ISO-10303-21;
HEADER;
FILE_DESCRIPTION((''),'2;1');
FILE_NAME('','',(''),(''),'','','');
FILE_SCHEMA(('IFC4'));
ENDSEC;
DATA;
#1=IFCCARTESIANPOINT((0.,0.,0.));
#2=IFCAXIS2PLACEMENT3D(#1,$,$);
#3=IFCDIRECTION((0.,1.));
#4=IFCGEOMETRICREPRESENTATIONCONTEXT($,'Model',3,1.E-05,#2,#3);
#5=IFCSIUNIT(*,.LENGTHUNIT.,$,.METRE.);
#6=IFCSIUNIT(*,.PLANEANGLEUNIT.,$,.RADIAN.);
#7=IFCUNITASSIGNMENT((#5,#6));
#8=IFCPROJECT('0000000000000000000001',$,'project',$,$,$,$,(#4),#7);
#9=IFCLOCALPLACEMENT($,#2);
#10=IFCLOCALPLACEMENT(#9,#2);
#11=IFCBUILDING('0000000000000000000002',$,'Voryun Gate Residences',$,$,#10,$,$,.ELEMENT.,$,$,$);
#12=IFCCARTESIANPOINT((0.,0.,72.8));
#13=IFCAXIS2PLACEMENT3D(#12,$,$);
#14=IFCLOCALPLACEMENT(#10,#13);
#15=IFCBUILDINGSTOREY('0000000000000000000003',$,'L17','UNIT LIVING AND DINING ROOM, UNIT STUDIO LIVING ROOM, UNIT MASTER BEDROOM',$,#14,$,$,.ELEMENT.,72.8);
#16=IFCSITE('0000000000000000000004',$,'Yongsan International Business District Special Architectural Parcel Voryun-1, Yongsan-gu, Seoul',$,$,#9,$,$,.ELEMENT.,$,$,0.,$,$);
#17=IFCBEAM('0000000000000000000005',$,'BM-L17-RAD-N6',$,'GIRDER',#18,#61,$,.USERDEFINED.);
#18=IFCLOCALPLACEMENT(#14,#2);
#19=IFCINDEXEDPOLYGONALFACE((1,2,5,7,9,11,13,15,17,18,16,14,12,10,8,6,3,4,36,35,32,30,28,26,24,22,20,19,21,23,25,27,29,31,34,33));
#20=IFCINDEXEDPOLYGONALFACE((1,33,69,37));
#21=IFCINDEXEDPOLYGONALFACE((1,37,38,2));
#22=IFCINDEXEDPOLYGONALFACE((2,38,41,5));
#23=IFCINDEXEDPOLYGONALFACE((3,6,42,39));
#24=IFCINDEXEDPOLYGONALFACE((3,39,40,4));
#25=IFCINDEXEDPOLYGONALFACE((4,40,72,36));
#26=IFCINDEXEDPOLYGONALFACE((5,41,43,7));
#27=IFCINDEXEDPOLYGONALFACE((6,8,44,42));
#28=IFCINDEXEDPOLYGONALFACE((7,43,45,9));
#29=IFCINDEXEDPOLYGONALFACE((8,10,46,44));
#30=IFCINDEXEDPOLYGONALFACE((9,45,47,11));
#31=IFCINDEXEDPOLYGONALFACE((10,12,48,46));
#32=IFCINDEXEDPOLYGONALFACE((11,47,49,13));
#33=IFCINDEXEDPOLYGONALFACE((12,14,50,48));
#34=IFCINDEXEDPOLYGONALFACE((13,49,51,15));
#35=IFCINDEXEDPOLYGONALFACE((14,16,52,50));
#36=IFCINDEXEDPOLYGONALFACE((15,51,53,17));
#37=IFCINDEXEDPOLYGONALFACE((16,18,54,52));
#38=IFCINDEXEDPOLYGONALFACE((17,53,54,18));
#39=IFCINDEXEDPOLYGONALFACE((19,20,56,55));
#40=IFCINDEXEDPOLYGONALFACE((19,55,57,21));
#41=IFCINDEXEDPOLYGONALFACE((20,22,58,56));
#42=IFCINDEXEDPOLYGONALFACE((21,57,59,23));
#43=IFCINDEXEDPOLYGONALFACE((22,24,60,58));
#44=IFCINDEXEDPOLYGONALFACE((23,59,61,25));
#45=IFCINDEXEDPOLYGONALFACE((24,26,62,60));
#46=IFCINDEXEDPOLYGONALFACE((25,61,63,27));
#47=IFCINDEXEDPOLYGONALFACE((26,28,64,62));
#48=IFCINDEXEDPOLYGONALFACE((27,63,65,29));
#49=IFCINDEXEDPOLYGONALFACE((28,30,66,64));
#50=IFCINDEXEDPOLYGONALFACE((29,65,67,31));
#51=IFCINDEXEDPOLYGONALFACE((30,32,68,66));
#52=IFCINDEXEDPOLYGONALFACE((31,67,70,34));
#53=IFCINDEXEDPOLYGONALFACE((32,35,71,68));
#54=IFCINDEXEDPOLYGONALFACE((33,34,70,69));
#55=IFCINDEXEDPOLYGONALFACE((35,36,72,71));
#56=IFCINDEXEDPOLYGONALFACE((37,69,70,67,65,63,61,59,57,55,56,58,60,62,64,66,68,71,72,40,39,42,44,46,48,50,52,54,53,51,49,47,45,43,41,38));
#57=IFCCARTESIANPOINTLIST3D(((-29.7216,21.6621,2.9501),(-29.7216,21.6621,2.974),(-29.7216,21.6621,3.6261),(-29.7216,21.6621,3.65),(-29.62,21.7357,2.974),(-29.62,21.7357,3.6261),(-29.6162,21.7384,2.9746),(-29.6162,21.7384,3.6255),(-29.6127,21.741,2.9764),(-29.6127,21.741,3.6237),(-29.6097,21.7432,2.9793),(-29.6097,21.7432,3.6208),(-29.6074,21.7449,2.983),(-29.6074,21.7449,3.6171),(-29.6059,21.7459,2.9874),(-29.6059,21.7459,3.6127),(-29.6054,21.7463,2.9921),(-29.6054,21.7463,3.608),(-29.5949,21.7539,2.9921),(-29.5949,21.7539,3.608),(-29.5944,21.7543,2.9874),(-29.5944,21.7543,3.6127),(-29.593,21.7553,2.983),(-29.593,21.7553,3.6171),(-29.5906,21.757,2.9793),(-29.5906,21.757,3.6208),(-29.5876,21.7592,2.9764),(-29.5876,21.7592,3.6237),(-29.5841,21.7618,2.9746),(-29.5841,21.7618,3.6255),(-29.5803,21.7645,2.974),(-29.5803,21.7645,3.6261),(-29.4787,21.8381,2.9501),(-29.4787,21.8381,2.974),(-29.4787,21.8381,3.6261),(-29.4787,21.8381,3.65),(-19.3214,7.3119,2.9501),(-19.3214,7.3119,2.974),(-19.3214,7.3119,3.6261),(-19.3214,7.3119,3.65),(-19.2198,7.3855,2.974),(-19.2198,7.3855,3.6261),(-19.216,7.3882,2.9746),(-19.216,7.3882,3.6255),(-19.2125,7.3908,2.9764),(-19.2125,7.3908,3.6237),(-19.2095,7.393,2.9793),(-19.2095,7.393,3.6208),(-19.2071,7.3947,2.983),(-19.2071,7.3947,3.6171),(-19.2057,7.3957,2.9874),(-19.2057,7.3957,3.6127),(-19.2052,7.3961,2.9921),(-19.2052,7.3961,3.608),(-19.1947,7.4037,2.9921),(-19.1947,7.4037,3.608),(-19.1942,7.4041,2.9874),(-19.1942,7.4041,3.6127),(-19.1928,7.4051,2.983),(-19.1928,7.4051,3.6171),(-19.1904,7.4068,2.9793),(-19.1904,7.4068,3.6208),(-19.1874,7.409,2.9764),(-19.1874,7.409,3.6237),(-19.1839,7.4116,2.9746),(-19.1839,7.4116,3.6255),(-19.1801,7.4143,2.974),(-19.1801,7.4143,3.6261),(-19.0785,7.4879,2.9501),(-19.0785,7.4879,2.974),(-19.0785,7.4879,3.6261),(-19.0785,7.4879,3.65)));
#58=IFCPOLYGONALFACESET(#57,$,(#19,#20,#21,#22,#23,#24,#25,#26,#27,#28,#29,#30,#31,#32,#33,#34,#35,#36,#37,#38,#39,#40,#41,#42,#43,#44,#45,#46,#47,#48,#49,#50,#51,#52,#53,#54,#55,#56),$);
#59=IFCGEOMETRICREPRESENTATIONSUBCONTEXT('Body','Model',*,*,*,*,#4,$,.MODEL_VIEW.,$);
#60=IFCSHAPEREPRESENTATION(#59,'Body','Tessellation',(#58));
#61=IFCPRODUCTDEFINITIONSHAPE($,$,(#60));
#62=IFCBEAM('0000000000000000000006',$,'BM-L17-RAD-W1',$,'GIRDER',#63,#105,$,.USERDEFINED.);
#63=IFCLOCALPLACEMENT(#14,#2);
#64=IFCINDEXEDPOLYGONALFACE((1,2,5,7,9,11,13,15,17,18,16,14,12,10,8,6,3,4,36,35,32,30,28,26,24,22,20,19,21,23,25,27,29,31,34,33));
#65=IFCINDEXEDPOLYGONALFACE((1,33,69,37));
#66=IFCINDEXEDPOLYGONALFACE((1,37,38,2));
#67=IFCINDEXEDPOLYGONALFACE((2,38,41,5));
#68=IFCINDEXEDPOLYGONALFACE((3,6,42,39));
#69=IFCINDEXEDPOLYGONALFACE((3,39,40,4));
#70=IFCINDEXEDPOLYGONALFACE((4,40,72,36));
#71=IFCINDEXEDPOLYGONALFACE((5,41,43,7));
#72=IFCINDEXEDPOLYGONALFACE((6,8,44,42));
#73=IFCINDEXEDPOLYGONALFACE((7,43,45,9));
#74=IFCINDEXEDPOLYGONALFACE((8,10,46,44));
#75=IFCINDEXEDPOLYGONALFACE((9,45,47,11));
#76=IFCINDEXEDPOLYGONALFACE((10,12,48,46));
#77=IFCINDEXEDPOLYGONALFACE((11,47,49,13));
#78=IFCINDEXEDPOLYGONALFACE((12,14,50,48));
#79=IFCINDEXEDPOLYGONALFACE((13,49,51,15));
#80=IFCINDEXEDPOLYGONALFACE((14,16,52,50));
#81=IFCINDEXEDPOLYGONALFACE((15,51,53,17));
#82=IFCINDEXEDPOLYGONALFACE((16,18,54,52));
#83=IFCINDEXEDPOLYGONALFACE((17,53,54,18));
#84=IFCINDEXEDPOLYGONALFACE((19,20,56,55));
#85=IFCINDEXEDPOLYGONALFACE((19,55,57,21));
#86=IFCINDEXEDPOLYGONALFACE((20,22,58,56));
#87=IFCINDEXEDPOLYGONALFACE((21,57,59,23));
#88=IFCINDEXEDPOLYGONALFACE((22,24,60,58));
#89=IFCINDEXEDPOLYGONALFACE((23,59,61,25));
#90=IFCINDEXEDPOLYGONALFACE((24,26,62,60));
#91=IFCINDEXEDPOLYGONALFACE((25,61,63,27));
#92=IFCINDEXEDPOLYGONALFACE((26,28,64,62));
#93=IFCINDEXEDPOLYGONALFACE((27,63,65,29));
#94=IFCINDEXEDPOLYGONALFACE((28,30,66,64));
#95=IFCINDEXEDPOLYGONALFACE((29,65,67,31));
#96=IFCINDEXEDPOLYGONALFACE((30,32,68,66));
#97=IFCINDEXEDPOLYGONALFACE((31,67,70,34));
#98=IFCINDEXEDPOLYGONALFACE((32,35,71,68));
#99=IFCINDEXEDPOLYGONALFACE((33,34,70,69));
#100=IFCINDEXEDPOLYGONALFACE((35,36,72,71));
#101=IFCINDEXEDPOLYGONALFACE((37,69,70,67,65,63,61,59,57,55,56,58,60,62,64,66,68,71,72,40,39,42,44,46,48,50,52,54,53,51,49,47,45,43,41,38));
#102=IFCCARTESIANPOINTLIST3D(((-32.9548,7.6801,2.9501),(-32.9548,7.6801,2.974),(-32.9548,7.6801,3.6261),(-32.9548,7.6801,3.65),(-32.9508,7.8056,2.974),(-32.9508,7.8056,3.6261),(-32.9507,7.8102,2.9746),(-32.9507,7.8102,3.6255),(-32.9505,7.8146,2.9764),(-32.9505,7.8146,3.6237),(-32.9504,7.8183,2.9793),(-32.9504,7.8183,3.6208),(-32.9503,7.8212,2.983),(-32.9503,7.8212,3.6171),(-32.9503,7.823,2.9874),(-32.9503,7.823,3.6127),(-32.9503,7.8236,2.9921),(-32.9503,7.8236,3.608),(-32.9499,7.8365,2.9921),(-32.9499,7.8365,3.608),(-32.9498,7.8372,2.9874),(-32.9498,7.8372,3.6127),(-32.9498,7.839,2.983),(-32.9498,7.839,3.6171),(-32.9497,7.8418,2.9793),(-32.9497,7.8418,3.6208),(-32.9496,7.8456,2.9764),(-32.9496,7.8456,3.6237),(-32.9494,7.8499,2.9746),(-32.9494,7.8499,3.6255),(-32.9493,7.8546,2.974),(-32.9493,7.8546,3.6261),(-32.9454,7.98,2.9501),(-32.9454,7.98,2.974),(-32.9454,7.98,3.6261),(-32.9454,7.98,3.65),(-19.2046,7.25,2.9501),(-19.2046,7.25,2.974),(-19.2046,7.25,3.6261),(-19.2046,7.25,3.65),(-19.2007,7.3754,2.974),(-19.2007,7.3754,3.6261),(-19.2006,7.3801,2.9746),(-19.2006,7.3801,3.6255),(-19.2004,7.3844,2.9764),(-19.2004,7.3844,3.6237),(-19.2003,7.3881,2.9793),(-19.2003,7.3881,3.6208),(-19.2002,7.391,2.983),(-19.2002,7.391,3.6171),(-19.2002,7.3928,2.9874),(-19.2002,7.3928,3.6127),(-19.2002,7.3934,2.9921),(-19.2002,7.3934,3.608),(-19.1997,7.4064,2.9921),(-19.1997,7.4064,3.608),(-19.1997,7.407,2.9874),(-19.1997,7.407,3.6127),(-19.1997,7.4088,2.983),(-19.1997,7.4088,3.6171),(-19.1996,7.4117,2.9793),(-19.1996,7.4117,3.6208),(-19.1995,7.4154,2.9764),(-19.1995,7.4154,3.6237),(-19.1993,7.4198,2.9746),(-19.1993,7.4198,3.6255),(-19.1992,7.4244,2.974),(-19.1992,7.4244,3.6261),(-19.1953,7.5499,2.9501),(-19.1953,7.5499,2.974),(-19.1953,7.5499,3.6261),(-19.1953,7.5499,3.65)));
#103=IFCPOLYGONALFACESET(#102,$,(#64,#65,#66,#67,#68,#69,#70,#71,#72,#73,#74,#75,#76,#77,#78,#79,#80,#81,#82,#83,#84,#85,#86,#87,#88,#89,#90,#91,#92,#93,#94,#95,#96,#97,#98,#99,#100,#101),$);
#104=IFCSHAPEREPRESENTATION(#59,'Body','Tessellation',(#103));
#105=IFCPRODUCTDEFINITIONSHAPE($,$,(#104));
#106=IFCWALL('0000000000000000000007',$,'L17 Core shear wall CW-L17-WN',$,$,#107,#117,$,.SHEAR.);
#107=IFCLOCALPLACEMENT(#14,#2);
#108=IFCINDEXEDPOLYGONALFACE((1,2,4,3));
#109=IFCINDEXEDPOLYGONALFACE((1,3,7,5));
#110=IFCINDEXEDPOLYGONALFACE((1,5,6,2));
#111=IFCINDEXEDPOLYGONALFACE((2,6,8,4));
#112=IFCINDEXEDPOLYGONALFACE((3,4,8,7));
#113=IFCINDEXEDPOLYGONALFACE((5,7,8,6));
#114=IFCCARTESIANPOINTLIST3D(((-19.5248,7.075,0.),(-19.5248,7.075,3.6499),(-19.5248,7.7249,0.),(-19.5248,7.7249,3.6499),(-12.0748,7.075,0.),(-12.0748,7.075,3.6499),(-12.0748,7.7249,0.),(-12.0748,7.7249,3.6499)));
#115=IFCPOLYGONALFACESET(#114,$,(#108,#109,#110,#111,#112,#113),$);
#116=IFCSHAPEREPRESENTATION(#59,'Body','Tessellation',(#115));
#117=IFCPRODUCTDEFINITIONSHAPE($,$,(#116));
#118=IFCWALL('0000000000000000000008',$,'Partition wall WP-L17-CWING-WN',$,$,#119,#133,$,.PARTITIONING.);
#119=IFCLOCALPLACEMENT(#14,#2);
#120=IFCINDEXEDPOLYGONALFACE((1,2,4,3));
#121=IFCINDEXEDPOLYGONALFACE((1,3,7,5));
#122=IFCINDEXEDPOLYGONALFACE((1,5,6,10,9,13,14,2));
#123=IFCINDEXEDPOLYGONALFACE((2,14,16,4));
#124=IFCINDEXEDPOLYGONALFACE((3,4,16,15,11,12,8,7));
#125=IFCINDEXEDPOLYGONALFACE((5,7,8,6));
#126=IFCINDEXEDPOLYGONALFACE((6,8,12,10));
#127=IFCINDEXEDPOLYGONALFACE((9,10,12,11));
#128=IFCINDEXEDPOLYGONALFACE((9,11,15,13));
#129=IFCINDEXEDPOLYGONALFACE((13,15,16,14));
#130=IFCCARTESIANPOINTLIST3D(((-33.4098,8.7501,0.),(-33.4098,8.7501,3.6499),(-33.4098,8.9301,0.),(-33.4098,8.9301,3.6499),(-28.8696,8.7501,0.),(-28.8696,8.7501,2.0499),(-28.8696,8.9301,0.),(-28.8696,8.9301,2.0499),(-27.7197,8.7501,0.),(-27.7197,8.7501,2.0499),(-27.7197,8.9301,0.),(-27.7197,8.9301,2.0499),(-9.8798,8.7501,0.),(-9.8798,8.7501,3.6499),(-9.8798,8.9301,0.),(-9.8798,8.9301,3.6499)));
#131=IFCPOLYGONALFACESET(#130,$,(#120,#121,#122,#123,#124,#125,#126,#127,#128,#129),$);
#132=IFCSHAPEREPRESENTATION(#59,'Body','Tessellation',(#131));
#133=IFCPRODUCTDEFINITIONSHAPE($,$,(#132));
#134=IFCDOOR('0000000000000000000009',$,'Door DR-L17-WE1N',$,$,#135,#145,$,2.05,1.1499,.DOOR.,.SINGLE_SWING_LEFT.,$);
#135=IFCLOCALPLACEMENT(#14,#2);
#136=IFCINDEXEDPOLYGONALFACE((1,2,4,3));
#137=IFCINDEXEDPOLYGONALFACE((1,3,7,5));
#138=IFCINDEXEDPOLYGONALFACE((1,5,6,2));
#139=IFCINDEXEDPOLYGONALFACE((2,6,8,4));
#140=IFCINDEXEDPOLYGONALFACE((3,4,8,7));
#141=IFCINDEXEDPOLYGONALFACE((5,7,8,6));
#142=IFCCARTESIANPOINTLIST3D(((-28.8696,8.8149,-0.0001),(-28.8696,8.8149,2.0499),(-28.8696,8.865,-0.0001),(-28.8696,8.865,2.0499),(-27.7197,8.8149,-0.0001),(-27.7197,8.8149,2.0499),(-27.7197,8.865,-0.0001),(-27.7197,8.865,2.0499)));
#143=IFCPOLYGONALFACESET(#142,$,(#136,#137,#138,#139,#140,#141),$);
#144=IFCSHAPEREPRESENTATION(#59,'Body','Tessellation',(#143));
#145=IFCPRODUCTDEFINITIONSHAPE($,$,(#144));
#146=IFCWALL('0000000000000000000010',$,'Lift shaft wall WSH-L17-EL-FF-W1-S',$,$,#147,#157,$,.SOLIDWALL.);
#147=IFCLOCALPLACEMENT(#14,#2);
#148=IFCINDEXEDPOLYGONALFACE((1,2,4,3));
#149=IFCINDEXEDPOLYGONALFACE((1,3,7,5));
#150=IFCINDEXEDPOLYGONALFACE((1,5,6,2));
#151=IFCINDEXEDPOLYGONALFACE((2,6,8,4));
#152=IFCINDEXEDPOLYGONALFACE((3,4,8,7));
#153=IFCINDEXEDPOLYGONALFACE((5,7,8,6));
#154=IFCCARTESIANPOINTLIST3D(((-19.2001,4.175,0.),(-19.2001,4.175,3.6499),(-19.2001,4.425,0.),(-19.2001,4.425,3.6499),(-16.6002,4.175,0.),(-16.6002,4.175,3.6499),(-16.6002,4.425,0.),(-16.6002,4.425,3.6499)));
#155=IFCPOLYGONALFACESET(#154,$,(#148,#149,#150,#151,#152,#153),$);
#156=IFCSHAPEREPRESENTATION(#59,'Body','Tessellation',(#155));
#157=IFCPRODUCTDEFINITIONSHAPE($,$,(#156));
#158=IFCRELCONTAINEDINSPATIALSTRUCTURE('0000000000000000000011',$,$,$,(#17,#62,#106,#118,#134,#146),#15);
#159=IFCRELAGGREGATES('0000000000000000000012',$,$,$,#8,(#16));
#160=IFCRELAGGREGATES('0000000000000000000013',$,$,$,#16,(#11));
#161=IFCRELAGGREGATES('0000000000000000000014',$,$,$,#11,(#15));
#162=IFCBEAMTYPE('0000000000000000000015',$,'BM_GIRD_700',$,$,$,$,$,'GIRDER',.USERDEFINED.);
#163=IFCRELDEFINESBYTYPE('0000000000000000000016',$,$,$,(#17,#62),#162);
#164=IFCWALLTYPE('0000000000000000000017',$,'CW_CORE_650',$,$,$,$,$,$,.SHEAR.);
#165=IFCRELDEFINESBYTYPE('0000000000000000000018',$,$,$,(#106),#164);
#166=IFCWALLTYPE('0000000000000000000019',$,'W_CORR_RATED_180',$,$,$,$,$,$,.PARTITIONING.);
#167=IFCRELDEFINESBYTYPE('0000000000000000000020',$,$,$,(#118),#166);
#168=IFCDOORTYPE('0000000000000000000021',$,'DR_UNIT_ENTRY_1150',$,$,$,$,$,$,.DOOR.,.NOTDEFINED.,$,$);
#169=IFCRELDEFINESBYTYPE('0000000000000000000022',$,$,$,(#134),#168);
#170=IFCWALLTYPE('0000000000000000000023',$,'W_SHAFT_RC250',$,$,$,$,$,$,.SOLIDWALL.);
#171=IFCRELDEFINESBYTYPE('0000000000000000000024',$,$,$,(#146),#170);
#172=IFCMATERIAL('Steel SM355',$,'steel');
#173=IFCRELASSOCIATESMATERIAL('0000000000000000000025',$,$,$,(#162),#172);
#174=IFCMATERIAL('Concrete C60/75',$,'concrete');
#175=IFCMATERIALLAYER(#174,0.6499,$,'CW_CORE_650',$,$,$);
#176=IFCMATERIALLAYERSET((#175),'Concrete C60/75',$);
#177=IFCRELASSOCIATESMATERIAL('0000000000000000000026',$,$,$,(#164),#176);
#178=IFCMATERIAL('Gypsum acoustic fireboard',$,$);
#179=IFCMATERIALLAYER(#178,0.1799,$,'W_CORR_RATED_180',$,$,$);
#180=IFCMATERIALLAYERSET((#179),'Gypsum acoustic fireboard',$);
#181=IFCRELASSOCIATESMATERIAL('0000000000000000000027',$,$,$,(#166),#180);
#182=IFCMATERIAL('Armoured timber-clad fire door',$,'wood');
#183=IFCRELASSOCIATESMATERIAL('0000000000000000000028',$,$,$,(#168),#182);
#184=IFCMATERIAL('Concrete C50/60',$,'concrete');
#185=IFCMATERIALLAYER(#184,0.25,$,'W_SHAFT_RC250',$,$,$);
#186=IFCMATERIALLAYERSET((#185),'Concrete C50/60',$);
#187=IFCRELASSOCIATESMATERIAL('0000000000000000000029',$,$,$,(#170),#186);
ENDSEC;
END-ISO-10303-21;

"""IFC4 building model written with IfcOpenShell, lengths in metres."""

from ifc_helpers import new_model, si_unit, direction, frame, frame_2d, origin, origin_2d, place, context, subcontext, project, spatial, rectangle, i_section, extrude, material, layer, layer_set, material_profile, profile_set, type_object, element, fill, save


model = new_model("IFC4")

# Units and contexts
model_context = context("Model", 3, precision=1e-05, world=origin(), true_north=direction((0.0, 1.0)))
body_context = subcontext(model_context, "Body", "Model", "MODEL_VIEW")
ifc_project = project(units=[si_unit("LENGTHUNIT", "METRE"), si_unit("PLANEANGLEUNIT", "RADIAN")], contexts=[model_context])

# Site, building, storey
site_placement = place(None, origin())
site = spatial("IfcSite", under=ifc_project, at=site_placement, Name="Yongsan International Business District Special Architectural Parcel Voryun-1, Yongsan-gu, Seoul", CompositionType="ELEMENT", RefElevation=0.0)
building_placement = place(site_placement, origin())
building = spatial("IfcBuilding", under=site, at=building_placement, Name="Voryun Gate Residences", CompositionType="ELEMENT")
storey_placement = place(building_placement, frame((0.0, 0.0, 72.8)))
storey = spatial("IfcBuildingStorey", under=building, at=storey_placement, Name="L17", Description="UNIT LIVING AND DINING ROOM, UNIT STUDIO LIVING ROOM, UNIT MASTER BEDROOM", CompositionType="ELEMENT", Elevation=72.8)

# Beams
ifc_material_1 = material(Name="Steel SM355", Category="steel")
ifc_material_profile_1 = material_profile(ifc_material_1, i_section(OverallWidth=0.3, OverallDepth=0.7, WebThickness=0.0129, FlangeThickness=0.0239, FilletRadius=0.0181, at=origin_2d()), Name="H-700x300x13x24")
ifc_profile_set_1 = profile_set([ifc_material_profile_1], Name="Steel SM355")
beam_type_1 = type_object("IfcBeamType", Name="BM_GIRD_700", ElementType="GIRDER", PredefinedType="USERDEFINED", material=ifc_profile_set_1)
beam_1_placement = place(storey_placement, frame((-19.2, 7.3999, 3.3), z_axis=(-0.586832, 0.809709, 0.0), x_axis=(-0.809709, -0.586832, 0.0)))
element("IfcBeam", 1, at=beam_1_placement, inside=storey, type_object=beam_type_1, Name="BM-L17-RAD-N6", ObjectType="GIRDER", PredefinedType="USERDEFINED", context=body_context, shape_type="SweptSolid", body=[
    extrude(i_section(OverallWidth=0.3, OverallDepth=0.7, WebThickness=0.0129, FlangeThickness=0.0239, FilletRadius=0.0181, at=origin_2d()), origin(), (0.0, 0.0, 1.0), 17.7227),
])
beam_2_placement = place(storey_placement, frame((-19.2, 7.3999, 3.3), z_axis=(-0.999511, 0.03127, 0.0), x_axis=(-0.03127, -0.999511, 0.0)))
element("IfcBeam", 2, at=beam_2_placement, inside=storey, type_object=beam_type_1, Name="BM-L17-RAD-W1", ObjectType="GIRDER", PredefinedType="USERDEFINED", context=body_context, shape_type="SweptSolid", body=[
    extrude(i_section(OverallWidth=0.3, OverallDepth=0.7, WebThickness=0.0129, FlangeThickness=0.0239, FilletRadius=0.0181, at=origin_2d()), origin(), (0.0, 0.0, 1.0), 13.7568),
])

# Wall
ifc_material_2 = material(Name="Concrete C60/75", Category="concrete")
ifc_layer_1 = layer(ifc_material_2, 0.6499, Name="CW_CORE_650")
ifc_layer_set_1 = layer_set([ifc_layer_1], Name="Concrete C60/75")
wall_type_1 = type_object("IfcWallType", Name="CW_CORE_650", PredefinedType="SHEAR", material=ifc_layer_set_1)
wall_1_placement = place(storey_placement, frame((-19.5249, 7.3999, 0.0), z_axis=(0.0, 0.0, 1.0), x_axis=(1.0, 0.0, 0.0)))
element("IfcWall", 3, at=wall_1_placement, inside=storey, type_object=wall_type_1, Name="L17 Core shear wall CW-L17-WN", PredefinedType="SHEAR", context=body_context, shape_type="SweptSolid", body=[
    extrude(rectangle(XDim=7.45, YDim=0.6499, at=frame_2d((3.7251, 0.0))), origin(), (0.0, 0.0, 1.0), 3.6499),
])

# Wall, opening, door
ifc_material_3 = material(Name="Gypsum acoustic fireboard")
ifc_layer_2 = layer(ifc_material_3, 0.1799, Name="W_CORR_RATED_180")
ifc_layer_set_2 = layer_set([ifc_layer_2], Name="Gypsum acoustic fireboard")
wall_type_2 = type_object("IfcWallType", Name="W_CORR_RATED_180", PredefinedType="PARTITIONING", material=ifc_layer_set_2)
wall_2_placement = place(storey_placement, frame((-33.4099, 8.8401, 0.0), z_axis=(0.0, 0.0, 1.0), x_axis=(1.0, 0.0, 0.0)))
wall_2 = element("IfcWall", 4, at=wall_2_placement, inside=storey, type_object=wall_type_2, Name="Partition wall WP-L17-CWING-WN", PredefinedType="PARTITIONING", context=body_context, shape_type="SweptSolid", body=[
    extrude(rectangle(XDim=23.53, YDim=0.1799, at=frame_2d((11.7651, 0.0))), origin(), (0.0, 0.0, 1.0), 3.6499),
])
opening_1_placement = place(wall_2_placement, frame((4.5403, 0.0, 0.0)))
opening_1 = element("IfcOpeningElement", 5, at=opening_1_placement, cuts=wall_2, PredefinedType="OPENING", context=body_context, shape_type="SweptSolid", body=[
    extrude(rectangle(XDim=1.1499, YDim=2.05, at=frame_2d((0.575, 1.0249))), frame((0.0, 0.0999, 0.0), z_axis=(0.0, -1.0, 0.0), x_axis=(1.0, 0.0, 0.0)), (0.0, 0.0, 1.0), 0.2),
])
ifc_material_4 = material(Name="Armoured timber-clad fire door", Category="wood")
door_type_1 = type_object("IfcDoorType", Name="DR_UNIT_ENTRY_1150", OperationType="NOTDEFINED", PredefinedType="DOOR", material=ifc_material_4)
door_1_placement = place(opening_1_placement, origin())
door_1 = element("IfcDoor", 6, at=door_1_placement, inside=storey, type_object=door_type_1, Name="Door DR-L17-WE1N", OperationType="SINGLE_SWING_LEFT", OverallHeight=2.05, OverallWidth=1.1499, PredefinedType="DOOR", context=body_context, shape_type="SweptSolid", body=[
    extrude(rectangle(XDim=1.1499, YDim=2.05, at=frame_2d((0.575, 1.0249))), frame((0.0, 0.0249, 0.0), z_axis=(0.0, -1.0, 0.0), x_axis=(1.0, 0.0, 0.0)), (0.0, 0.0, 1.0), 0.05),
])
fill(opening_1, door_1)

# Wall
ifc_material_5 = material(Name="Concrete C50/60", Category="concrete")
ifc_layer_3 = layer(ifc_material_5, 0.25, Name="W_SHAFT_RC250")
ifc_layer_set_3 = layer_set([ifc_layer_3], Name="Concrete C50/60")
wall_type_3 = type_object("IfcWallType", Name="W_SHAFT_RC250", PredefinedType="SOLIDWALL", material=ifc_layer_set_3)
wall_3_placement = place(storey_placement, frame((-19.2, 4.3, 0.0), z_axis=(0.0, 0.0, 1.0), x_axis=(1.0, 0.0, 0.0)))
element("IfcWall", 7, at=wall_3_placement, inside=storey, type_object=wall_type_3, Name="Lift shaft wall WSH-L17-EL-FF-W1-S", PredefinedType="SOLIDWALL", context=body_context, shape_type="SweptSolid", body=[
    extrude(rectangle(XDim=2.5999, YDim=0.25, at=frame_2d((1.2998, 0.0))), origin(), (0.0, 0.0, 1.0), 3.6499),
])

save(model, "model.ifc")
